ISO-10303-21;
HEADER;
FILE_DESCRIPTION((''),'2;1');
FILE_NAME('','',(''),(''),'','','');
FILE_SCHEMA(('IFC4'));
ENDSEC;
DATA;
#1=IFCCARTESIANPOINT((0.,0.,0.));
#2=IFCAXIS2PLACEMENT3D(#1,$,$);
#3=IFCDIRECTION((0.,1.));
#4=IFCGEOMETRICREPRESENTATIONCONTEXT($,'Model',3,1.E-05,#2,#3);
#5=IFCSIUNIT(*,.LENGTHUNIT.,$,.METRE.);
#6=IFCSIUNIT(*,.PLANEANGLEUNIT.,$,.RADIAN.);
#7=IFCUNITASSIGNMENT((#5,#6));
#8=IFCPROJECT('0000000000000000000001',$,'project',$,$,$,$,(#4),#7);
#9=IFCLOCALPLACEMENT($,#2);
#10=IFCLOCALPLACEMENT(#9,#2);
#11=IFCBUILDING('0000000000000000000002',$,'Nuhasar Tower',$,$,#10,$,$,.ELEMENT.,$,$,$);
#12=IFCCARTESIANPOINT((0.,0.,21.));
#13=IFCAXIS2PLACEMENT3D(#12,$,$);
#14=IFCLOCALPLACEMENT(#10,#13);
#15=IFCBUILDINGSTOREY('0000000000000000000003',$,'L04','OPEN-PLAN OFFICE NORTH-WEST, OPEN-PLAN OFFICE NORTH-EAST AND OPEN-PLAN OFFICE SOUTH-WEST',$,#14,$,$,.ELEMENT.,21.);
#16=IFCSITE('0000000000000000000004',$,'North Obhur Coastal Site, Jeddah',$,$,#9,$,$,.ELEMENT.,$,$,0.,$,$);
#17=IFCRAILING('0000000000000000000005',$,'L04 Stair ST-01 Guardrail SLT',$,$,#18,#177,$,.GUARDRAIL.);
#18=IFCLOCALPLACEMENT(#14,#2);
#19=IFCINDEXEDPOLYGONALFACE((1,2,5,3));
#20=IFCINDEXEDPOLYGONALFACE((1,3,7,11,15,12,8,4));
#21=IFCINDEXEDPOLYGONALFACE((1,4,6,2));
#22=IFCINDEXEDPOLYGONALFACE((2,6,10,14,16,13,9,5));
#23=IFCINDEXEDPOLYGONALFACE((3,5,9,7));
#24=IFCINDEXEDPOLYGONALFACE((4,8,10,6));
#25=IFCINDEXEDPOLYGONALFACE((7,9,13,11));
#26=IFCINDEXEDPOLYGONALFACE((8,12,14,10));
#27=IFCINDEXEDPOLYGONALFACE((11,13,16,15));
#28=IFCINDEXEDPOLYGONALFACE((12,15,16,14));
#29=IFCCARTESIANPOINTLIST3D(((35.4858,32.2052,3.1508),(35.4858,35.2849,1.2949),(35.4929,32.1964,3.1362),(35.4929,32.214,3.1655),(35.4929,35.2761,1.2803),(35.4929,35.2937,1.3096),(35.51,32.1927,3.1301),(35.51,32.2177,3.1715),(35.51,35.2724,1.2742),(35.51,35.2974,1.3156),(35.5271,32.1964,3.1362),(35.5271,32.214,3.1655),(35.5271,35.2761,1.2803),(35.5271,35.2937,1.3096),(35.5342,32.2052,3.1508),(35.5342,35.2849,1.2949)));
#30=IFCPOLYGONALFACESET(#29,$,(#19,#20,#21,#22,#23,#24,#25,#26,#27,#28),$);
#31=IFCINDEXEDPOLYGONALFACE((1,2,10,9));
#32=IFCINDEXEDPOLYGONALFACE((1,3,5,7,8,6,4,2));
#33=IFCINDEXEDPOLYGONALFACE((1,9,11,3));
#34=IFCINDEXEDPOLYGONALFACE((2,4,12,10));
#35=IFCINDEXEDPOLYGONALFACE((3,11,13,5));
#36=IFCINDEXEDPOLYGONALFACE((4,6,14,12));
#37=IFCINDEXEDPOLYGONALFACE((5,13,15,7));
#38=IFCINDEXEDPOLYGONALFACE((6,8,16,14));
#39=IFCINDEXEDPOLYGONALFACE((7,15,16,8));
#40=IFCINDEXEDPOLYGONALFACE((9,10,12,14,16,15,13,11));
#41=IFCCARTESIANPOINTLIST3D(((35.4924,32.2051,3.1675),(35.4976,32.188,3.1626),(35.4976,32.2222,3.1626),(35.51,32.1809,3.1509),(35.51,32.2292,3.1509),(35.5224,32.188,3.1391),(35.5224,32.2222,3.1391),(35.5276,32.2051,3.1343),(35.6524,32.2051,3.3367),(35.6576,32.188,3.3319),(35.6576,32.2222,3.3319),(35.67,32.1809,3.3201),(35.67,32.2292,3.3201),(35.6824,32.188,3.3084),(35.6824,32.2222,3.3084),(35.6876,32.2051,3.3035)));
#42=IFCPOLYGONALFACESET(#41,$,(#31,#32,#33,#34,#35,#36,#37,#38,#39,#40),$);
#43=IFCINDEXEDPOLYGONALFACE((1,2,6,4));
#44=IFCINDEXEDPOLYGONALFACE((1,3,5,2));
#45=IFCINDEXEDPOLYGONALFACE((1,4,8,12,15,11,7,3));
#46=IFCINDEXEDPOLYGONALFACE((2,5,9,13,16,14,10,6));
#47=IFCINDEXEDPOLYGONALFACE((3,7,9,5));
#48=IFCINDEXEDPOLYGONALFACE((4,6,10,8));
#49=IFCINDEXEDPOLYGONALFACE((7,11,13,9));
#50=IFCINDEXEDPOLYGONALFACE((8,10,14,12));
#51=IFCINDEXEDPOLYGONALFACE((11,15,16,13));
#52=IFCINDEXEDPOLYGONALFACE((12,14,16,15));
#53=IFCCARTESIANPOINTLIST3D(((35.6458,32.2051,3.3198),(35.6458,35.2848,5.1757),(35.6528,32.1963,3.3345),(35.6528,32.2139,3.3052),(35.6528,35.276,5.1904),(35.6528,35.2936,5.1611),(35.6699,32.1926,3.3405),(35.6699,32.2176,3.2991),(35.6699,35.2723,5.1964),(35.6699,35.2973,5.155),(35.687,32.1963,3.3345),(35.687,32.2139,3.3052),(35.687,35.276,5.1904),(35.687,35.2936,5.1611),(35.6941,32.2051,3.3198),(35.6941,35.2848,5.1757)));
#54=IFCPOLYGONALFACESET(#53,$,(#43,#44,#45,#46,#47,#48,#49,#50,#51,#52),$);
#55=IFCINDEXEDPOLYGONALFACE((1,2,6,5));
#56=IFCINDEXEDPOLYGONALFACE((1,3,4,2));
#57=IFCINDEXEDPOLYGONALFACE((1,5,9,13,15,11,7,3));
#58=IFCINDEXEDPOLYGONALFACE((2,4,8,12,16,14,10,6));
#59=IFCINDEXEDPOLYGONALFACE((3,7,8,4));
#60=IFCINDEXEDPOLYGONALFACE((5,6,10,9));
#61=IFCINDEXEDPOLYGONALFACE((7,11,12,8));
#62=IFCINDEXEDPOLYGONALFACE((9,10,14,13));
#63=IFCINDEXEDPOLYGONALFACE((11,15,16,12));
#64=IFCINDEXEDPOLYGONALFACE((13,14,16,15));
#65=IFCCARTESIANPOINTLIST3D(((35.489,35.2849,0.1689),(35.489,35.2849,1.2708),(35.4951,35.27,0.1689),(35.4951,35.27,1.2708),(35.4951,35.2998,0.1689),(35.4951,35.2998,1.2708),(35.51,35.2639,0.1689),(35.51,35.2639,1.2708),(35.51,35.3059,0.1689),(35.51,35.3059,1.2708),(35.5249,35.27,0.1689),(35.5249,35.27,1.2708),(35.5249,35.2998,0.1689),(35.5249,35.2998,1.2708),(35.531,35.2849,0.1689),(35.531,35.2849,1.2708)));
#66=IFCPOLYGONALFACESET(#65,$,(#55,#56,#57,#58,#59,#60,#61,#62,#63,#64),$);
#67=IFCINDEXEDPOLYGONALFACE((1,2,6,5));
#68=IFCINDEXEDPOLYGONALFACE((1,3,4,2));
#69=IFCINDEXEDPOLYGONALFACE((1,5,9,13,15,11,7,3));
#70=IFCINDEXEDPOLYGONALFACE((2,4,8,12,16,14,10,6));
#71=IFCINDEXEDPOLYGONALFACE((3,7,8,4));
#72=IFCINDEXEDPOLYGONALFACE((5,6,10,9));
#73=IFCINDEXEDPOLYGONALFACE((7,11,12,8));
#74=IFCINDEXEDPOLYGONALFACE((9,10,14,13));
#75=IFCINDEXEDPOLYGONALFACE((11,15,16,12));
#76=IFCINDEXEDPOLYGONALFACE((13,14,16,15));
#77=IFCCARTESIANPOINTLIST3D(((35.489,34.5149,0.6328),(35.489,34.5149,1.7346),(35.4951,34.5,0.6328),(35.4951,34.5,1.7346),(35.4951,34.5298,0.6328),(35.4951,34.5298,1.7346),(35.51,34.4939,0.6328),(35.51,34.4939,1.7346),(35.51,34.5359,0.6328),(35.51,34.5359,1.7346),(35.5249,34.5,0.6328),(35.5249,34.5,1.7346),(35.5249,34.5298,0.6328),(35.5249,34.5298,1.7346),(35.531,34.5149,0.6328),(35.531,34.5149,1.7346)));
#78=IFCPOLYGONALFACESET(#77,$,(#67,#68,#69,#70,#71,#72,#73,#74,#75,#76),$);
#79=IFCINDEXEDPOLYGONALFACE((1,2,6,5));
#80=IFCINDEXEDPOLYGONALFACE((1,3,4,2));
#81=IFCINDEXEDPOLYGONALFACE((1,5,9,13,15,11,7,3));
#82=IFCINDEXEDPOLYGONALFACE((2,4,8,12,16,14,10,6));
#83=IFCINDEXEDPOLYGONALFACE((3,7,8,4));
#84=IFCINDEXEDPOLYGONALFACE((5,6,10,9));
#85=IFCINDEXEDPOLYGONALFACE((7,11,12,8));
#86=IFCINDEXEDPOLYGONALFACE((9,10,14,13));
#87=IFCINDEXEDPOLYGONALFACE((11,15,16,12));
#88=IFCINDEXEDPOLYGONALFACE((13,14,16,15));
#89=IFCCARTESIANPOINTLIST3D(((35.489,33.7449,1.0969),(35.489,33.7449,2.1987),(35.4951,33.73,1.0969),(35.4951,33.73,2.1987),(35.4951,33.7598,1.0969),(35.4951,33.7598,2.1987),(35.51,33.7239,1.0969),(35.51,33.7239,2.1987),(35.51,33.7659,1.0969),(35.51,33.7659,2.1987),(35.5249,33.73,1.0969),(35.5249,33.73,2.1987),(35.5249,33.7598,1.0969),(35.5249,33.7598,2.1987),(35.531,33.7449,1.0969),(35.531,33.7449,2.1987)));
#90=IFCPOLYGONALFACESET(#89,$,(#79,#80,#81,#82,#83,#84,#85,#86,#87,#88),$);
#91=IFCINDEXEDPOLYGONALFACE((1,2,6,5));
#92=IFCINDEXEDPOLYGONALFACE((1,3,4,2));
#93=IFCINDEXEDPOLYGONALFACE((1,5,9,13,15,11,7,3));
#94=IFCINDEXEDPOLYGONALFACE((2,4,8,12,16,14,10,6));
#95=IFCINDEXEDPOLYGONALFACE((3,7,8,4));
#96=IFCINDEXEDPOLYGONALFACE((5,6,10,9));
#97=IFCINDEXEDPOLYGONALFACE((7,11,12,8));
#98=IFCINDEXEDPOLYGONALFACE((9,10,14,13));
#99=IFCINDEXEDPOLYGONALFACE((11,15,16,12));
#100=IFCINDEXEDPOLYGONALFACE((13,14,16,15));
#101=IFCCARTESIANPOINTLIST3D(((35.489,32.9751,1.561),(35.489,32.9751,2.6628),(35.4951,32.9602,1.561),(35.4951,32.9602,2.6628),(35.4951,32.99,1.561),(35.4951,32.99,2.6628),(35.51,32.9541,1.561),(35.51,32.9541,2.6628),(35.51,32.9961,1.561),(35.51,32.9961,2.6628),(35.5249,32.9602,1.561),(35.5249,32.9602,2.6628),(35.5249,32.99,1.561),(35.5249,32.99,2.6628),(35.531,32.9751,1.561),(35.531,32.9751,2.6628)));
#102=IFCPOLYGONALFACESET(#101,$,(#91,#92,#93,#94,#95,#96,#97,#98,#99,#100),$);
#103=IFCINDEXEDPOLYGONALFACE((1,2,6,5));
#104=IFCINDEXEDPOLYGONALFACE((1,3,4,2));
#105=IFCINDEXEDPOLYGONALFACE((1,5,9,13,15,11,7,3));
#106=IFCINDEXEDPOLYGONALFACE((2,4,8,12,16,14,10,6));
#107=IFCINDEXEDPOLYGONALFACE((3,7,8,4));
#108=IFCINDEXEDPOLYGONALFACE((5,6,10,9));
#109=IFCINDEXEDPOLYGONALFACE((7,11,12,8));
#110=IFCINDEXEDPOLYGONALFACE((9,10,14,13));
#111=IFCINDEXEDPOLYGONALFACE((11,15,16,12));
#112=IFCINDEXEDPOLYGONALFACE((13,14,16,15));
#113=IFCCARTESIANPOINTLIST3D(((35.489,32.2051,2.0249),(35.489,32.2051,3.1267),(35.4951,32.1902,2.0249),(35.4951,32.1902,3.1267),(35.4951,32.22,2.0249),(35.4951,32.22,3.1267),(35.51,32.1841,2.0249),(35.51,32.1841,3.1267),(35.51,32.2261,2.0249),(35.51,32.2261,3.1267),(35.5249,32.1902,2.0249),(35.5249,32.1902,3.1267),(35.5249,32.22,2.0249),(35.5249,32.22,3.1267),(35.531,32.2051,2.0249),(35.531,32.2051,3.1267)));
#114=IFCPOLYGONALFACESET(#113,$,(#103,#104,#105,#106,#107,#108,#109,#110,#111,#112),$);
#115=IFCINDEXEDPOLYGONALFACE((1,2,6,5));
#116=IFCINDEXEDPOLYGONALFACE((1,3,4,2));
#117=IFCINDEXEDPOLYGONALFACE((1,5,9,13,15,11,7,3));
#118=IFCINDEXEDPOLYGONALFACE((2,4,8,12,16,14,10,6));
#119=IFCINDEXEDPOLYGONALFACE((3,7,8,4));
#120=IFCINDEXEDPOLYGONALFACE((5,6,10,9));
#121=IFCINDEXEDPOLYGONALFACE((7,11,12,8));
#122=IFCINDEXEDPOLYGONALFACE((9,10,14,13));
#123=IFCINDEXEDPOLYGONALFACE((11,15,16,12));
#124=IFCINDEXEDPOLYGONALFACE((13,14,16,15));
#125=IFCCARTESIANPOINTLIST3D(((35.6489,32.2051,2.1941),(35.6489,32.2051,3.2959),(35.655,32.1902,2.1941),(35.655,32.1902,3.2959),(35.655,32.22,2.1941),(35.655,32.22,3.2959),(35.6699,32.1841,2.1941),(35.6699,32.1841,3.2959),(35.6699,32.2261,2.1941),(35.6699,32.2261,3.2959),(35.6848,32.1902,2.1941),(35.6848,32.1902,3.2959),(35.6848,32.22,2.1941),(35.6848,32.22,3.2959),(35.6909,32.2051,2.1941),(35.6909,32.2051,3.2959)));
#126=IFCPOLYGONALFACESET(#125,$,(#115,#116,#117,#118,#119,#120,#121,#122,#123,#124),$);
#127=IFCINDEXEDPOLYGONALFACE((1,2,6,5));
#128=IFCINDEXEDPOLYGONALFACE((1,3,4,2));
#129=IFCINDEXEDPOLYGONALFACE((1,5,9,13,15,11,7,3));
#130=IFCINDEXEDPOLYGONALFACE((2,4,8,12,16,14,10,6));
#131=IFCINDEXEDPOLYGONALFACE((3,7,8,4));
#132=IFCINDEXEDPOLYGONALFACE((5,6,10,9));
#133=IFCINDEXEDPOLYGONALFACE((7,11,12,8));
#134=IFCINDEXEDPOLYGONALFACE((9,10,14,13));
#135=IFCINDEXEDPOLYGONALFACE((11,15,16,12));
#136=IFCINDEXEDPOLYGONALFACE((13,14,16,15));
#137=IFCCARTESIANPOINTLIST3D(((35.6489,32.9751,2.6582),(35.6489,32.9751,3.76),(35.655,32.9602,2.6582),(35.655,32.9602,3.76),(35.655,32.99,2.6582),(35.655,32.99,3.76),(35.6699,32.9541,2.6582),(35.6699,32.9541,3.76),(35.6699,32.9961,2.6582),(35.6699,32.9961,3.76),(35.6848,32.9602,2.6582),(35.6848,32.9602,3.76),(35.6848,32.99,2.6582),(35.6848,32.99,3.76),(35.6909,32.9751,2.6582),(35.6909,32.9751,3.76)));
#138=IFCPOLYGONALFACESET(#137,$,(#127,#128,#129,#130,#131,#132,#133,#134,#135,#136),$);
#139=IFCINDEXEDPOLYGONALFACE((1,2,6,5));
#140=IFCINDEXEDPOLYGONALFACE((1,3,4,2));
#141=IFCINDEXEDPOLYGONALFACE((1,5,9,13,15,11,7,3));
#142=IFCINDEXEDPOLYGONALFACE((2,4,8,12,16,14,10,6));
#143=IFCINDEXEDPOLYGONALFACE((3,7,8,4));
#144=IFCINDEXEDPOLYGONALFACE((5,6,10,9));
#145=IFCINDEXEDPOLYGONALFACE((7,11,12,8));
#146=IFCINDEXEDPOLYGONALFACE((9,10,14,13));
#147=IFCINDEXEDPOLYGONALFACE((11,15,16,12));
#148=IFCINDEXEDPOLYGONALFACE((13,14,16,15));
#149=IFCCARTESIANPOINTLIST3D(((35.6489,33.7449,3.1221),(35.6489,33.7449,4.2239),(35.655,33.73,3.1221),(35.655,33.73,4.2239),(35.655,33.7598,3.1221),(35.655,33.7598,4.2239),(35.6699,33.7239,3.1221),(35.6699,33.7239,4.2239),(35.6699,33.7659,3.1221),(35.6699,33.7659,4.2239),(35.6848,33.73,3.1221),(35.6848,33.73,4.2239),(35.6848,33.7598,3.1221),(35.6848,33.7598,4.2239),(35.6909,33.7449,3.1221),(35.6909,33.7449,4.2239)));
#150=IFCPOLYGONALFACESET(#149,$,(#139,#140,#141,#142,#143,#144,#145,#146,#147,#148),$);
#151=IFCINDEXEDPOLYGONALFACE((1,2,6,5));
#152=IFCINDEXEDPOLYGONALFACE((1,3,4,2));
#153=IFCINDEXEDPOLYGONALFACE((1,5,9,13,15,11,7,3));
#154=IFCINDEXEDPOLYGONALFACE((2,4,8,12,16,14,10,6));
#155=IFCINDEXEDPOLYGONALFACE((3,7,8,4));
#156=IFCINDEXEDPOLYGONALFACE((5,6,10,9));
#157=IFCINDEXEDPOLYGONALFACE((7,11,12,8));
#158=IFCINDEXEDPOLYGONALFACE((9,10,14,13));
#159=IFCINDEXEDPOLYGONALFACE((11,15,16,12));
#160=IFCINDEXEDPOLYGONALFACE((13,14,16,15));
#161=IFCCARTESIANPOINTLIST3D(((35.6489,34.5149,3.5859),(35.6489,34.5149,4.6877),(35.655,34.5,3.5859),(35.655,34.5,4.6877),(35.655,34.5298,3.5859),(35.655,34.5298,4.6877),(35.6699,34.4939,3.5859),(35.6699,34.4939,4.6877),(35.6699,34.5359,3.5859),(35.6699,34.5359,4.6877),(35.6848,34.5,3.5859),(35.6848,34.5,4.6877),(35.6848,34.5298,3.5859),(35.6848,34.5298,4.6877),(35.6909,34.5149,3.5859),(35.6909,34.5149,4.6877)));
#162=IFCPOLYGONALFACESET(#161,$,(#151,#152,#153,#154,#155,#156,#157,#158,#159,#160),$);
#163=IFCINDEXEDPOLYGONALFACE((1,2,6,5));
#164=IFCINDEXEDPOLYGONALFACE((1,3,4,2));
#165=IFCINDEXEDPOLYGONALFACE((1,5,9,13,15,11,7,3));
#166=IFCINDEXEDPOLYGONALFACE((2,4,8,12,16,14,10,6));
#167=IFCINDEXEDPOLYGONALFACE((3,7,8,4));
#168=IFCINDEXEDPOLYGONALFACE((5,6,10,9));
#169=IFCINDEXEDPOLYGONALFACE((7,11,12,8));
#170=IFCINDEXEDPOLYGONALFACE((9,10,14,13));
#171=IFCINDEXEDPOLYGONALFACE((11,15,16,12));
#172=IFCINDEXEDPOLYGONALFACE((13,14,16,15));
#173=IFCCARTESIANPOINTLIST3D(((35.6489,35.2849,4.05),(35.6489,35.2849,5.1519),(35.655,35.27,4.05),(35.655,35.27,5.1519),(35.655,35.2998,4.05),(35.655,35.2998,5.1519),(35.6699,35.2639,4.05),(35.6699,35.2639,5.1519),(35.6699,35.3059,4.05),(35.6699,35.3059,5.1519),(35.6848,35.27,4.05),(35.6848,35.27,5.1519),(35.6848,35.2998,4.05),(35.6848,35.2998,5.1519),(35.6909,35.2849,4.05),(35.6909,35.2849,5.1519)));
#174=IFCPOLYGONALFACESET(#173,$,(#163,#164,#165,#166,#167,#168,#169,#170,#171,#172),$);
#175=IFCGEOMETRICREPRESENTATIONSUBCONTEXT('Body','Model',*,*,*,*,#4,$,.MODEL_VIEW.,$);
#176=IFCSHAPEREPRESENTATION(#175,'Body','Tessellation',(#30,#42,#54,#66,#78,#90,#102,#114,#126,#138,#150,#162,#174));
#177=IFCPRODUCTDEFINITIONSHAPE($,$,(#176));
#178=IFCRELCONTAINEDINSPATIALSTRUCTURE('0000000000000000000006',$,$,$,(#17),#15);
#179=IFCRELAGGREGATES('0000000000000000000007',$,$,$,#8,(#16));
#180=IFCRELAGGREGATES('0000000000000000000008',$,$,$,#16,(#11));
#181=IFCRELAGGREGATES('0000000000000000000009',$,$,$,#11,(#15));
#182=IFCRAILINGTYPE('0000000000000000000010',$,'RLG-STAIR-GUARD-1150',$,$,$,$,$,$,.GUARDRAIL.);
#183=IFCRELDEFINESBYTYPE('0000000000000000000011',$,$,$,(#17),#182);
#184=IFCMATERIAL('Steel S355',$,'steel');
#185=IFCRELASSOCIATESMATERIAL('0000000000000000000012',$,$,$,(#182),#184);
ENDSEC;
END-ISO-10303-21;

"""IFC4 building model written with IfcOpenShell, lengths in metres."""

from ifc_helpers import new_model, si_unit, direction, frame, origin, place, context, subcontext, project, spatial, polyline, outline, extrude, material, type_object, element, save


model = new_model("IFC4")

# Units and contexts
model_context = context("Model", 3, precision=1e-05, world=origin(), true_north=direction((0.0, 1.0)))
body_context = subcontext(model_context, "Body", "Model", "MODEL_VIEW")
ifc_project = project(units=[si_unit("LENGTHUNIT", "METRE"), si_unit("PLANEANGLEUNIT", "RADIAN")], contexts=[model_context])

# Site, building, storey
site_placement = place(None, origin())
site = spatial("IfcSite", under=ifc_project, at=site_placement, Name="North Obhur Coastal Site, Jeddah", CompositionType="ELEMENT", RefElevation=0.0)
building_placement = place(site_placement, origin())
building = spatial("IfcBuilding", under=site, at=building_placement, Name="Nuhasar Tower", CompositionType="ELEMENT")
storey_placement = place(building_placement, frame((0.0, 0.0, 21.0)))
storey = spatial("IfcBuildingStorey", under=building, at=storey_placement, Name="L04", Description="OPEN-PLAN OFFICE NORTH-WEST, OPEN-PLAN OFFICE NORTH-EAST AND OPEN-PLAN OFFICE SOUTH-WEST", CompositionType="ELEMENT", Elevation=21.0)

# Shared definitions
ifc_material_1 = material(Name="Steel S355", Category="steel")

# Railing
railing_type_1 = type_object("IfcRailingType", Name="RLG-STAIR-GUARD-1150", PredefinedType="GUARDRAIL", material=ifc_material_1)
railing_1_placement = place(storey_placement, frame((35.51, 35.2849, 0.1689)))
element("IfcRailing", 1, at=railing_1_placement, inside=storey, type_object=railing_type_1, Name="L04 Stair ST-01 Guardrail SLT", PredefinedType="GUARDRAIL", context=body_context, shape_type="SweptSolid", body=[
    extrude(outline(polyline([(0.0242, 0.0), (0.0171, 0.0171), (0.0, 0.0242), (-0.0171, 0.0171), (-0.0242, 0.0), (-0.0171, -0.0171), (0.0, -0.0242), (0.0171, -0.0171), (0.0242, 0.0)])), frame((0.0, 0.0, 1.126), z_axis=(0.0, -0.856503, 0.516142), x_axis=(1.0, 0.0, 0.0)), (0.0, 0.0, 1.0), 3.5957),
    extrude(outline(polyline([(0.0242, 0.0), (0.0171, 0.0171), (0.0, 0.0242), (-0.0171, 0.0171), (-0.0242, 0.0), (-0.0171, -0.0171), (0.0, -0.0242), (0.0171, -0.0171), (0.0242, 0.0)])), frame((0.0, -3.0798, 2.9819), z_axis=(0.686901, 0.0, 0.726751), x_axis=(0.0, 1.0, 0.0)), (0.0, 0.0, 1.0), 0.2329),
    extrude(outline(polyline([(0.0242, 0.0), (0.0171, 0.0171), (0.0, 0.0242), (-0.0171, 0.0171), (-0.0242, 0.0), (-0.0171, -0.0171), (0.0, -0.0242), (0.0171, -0.0171), (0.0242, 0.0)])), frame((0.1599, -3.0798, 3.1509), z_axis=(0.0, 0.856503, 0.516142), x_axis=(-1.0, 0.0, 0.0)), (0.0, 0.0, 1.0), 3.5957),
    extrude(outline(polyline([(0.021, 0.0), (0.0149, 0.0149), (0.0, 0.021), (-0.0149, 0.0149), (-0.021, 0.0), (-0.0149, -0.0149), (0.0, -0.021), (0.0149, -0.0149), (0.021, 0.0)])), origin(), (0.0, 0.0, 1.0), 1.1018),
    extrude(outline(polyline([(0.021, 0.0), (0.0149, 0.0149), (0.0, 0.021), (-0.0149, 0.0149), (-0.021, 0.0), (-0.0149, -0.0149), (0.0, -0.021), (0.0149, -0.0149), (0.021, 0.0)])), frame((0.0, -0.77, 0.4639)), (0.0, 0.0, 1.0), 1.1018),
    extrude(outline(polyline([(0.021, 0.0), (0.0149, 0.0149), (0.0, 0.021), (-0.0149, 0.0149), (-0.021, 0.0), (-0.0149, -0.0149), (0.0, -0.021), (0.0149, -0.0149), (0.021, 0.0)])), frame((0.0, -1.54, 0.928)), (0.0, 0.0, 1.0), 1.1018),
    extrude(outline(polyline([(0.021, 0.0), (0.0149, 0.0149), (0.0, 0.021), (-0.0149, 0.0149), (-0.021, 0.0), (-0.0149, -0.0149), (0.0, -0.021), (0.0149, -0.0149), (0.021, 0.0)])), frame((0.0, -2.3098, 1.3921)), (0.0, 0.0, 1.0), 1.1018),
    extrude(outline(polyline([(0.021, 0.0), (0.0149, 0.0149), (0.0, 0.021), (-0.0149, 0.0149), (-0.021, 0.0), (-0.0149, -0.0149), (0.0, -0.021), (0.0149, -0.0149), (0.021, 0.0)])), frame((0.0, -3.0798, 1.856)), (0.0, 0.0, 1.0), 1.1018),
    extrude(outline(polyline([(0.021, 0.0), (0.0149, 0.0149), (0.0, 0.021), (-0.0149, 0.0149), (-0.021, 0.0), (-0.0149, -0.0149), (0.0, -0.021), (0.0149, -0.0149), (0.021, 0.0)])), frame((0.1599, -3.0798, 2.0251)), (0.0, 0.0, 1.0), 1.1018),
    extrude(outline(polyline([(0.021, 0.0), (0.0149, 0.0149), (0.0, 0.021), (-0.0149, 0.0149), (-0.021, 0.0), (-0.0149, -0.0149), (0.0, -0.021), (0.0149, -0.0149), (0.021, 0.0)])), frame((0.1599, -2.3098, 2.4893)), (0.0, 0.0, 1.0), 1.1018),
    extrude(outline(polyline([(0.021, 0.0), (0.0149, 0.0149), (0.0, 0.021), (-0.0149, 0.0149), (-0.021, 0.0), (-0.0149, -0.0149), (0.0, -0.021), (0.0149, -0.0149), (0.021, 0.0)])), frame((0.1599, -1.54, 2.9531)), (0.0, 0.0, 1.0), 1.1018),
    extrude(outline(polyline([(0.021, 0.0), (0.0149, 0.0149), (0.0, 0.021), (-0.0149, 0.0149), (-0.021, 0.0), (-0.0149, -0.0149), (0.0, -0.021), (0.0149, -0.0149), (0.021, 0.0)])), frame((0.1599, -0.77, 3.417)), (0.0, 0.0, 1.0), 1.1018),
    extrude(outline(polyline([(0.021, 0.0), (0.0149, 0.0149), (0.0, 0.021), (-0.0149, 0.0149), (-0.021, 0.0), (-0.0149, -0.0149), (0.0, -0.021), (0.0149, -0.0149), (0.021, 0.0)])), frame((0.1599, 0.0, 3.8811)), (0.0, 0.0, 1.0), 1.1018),
])

save(model, "model.ifc")
